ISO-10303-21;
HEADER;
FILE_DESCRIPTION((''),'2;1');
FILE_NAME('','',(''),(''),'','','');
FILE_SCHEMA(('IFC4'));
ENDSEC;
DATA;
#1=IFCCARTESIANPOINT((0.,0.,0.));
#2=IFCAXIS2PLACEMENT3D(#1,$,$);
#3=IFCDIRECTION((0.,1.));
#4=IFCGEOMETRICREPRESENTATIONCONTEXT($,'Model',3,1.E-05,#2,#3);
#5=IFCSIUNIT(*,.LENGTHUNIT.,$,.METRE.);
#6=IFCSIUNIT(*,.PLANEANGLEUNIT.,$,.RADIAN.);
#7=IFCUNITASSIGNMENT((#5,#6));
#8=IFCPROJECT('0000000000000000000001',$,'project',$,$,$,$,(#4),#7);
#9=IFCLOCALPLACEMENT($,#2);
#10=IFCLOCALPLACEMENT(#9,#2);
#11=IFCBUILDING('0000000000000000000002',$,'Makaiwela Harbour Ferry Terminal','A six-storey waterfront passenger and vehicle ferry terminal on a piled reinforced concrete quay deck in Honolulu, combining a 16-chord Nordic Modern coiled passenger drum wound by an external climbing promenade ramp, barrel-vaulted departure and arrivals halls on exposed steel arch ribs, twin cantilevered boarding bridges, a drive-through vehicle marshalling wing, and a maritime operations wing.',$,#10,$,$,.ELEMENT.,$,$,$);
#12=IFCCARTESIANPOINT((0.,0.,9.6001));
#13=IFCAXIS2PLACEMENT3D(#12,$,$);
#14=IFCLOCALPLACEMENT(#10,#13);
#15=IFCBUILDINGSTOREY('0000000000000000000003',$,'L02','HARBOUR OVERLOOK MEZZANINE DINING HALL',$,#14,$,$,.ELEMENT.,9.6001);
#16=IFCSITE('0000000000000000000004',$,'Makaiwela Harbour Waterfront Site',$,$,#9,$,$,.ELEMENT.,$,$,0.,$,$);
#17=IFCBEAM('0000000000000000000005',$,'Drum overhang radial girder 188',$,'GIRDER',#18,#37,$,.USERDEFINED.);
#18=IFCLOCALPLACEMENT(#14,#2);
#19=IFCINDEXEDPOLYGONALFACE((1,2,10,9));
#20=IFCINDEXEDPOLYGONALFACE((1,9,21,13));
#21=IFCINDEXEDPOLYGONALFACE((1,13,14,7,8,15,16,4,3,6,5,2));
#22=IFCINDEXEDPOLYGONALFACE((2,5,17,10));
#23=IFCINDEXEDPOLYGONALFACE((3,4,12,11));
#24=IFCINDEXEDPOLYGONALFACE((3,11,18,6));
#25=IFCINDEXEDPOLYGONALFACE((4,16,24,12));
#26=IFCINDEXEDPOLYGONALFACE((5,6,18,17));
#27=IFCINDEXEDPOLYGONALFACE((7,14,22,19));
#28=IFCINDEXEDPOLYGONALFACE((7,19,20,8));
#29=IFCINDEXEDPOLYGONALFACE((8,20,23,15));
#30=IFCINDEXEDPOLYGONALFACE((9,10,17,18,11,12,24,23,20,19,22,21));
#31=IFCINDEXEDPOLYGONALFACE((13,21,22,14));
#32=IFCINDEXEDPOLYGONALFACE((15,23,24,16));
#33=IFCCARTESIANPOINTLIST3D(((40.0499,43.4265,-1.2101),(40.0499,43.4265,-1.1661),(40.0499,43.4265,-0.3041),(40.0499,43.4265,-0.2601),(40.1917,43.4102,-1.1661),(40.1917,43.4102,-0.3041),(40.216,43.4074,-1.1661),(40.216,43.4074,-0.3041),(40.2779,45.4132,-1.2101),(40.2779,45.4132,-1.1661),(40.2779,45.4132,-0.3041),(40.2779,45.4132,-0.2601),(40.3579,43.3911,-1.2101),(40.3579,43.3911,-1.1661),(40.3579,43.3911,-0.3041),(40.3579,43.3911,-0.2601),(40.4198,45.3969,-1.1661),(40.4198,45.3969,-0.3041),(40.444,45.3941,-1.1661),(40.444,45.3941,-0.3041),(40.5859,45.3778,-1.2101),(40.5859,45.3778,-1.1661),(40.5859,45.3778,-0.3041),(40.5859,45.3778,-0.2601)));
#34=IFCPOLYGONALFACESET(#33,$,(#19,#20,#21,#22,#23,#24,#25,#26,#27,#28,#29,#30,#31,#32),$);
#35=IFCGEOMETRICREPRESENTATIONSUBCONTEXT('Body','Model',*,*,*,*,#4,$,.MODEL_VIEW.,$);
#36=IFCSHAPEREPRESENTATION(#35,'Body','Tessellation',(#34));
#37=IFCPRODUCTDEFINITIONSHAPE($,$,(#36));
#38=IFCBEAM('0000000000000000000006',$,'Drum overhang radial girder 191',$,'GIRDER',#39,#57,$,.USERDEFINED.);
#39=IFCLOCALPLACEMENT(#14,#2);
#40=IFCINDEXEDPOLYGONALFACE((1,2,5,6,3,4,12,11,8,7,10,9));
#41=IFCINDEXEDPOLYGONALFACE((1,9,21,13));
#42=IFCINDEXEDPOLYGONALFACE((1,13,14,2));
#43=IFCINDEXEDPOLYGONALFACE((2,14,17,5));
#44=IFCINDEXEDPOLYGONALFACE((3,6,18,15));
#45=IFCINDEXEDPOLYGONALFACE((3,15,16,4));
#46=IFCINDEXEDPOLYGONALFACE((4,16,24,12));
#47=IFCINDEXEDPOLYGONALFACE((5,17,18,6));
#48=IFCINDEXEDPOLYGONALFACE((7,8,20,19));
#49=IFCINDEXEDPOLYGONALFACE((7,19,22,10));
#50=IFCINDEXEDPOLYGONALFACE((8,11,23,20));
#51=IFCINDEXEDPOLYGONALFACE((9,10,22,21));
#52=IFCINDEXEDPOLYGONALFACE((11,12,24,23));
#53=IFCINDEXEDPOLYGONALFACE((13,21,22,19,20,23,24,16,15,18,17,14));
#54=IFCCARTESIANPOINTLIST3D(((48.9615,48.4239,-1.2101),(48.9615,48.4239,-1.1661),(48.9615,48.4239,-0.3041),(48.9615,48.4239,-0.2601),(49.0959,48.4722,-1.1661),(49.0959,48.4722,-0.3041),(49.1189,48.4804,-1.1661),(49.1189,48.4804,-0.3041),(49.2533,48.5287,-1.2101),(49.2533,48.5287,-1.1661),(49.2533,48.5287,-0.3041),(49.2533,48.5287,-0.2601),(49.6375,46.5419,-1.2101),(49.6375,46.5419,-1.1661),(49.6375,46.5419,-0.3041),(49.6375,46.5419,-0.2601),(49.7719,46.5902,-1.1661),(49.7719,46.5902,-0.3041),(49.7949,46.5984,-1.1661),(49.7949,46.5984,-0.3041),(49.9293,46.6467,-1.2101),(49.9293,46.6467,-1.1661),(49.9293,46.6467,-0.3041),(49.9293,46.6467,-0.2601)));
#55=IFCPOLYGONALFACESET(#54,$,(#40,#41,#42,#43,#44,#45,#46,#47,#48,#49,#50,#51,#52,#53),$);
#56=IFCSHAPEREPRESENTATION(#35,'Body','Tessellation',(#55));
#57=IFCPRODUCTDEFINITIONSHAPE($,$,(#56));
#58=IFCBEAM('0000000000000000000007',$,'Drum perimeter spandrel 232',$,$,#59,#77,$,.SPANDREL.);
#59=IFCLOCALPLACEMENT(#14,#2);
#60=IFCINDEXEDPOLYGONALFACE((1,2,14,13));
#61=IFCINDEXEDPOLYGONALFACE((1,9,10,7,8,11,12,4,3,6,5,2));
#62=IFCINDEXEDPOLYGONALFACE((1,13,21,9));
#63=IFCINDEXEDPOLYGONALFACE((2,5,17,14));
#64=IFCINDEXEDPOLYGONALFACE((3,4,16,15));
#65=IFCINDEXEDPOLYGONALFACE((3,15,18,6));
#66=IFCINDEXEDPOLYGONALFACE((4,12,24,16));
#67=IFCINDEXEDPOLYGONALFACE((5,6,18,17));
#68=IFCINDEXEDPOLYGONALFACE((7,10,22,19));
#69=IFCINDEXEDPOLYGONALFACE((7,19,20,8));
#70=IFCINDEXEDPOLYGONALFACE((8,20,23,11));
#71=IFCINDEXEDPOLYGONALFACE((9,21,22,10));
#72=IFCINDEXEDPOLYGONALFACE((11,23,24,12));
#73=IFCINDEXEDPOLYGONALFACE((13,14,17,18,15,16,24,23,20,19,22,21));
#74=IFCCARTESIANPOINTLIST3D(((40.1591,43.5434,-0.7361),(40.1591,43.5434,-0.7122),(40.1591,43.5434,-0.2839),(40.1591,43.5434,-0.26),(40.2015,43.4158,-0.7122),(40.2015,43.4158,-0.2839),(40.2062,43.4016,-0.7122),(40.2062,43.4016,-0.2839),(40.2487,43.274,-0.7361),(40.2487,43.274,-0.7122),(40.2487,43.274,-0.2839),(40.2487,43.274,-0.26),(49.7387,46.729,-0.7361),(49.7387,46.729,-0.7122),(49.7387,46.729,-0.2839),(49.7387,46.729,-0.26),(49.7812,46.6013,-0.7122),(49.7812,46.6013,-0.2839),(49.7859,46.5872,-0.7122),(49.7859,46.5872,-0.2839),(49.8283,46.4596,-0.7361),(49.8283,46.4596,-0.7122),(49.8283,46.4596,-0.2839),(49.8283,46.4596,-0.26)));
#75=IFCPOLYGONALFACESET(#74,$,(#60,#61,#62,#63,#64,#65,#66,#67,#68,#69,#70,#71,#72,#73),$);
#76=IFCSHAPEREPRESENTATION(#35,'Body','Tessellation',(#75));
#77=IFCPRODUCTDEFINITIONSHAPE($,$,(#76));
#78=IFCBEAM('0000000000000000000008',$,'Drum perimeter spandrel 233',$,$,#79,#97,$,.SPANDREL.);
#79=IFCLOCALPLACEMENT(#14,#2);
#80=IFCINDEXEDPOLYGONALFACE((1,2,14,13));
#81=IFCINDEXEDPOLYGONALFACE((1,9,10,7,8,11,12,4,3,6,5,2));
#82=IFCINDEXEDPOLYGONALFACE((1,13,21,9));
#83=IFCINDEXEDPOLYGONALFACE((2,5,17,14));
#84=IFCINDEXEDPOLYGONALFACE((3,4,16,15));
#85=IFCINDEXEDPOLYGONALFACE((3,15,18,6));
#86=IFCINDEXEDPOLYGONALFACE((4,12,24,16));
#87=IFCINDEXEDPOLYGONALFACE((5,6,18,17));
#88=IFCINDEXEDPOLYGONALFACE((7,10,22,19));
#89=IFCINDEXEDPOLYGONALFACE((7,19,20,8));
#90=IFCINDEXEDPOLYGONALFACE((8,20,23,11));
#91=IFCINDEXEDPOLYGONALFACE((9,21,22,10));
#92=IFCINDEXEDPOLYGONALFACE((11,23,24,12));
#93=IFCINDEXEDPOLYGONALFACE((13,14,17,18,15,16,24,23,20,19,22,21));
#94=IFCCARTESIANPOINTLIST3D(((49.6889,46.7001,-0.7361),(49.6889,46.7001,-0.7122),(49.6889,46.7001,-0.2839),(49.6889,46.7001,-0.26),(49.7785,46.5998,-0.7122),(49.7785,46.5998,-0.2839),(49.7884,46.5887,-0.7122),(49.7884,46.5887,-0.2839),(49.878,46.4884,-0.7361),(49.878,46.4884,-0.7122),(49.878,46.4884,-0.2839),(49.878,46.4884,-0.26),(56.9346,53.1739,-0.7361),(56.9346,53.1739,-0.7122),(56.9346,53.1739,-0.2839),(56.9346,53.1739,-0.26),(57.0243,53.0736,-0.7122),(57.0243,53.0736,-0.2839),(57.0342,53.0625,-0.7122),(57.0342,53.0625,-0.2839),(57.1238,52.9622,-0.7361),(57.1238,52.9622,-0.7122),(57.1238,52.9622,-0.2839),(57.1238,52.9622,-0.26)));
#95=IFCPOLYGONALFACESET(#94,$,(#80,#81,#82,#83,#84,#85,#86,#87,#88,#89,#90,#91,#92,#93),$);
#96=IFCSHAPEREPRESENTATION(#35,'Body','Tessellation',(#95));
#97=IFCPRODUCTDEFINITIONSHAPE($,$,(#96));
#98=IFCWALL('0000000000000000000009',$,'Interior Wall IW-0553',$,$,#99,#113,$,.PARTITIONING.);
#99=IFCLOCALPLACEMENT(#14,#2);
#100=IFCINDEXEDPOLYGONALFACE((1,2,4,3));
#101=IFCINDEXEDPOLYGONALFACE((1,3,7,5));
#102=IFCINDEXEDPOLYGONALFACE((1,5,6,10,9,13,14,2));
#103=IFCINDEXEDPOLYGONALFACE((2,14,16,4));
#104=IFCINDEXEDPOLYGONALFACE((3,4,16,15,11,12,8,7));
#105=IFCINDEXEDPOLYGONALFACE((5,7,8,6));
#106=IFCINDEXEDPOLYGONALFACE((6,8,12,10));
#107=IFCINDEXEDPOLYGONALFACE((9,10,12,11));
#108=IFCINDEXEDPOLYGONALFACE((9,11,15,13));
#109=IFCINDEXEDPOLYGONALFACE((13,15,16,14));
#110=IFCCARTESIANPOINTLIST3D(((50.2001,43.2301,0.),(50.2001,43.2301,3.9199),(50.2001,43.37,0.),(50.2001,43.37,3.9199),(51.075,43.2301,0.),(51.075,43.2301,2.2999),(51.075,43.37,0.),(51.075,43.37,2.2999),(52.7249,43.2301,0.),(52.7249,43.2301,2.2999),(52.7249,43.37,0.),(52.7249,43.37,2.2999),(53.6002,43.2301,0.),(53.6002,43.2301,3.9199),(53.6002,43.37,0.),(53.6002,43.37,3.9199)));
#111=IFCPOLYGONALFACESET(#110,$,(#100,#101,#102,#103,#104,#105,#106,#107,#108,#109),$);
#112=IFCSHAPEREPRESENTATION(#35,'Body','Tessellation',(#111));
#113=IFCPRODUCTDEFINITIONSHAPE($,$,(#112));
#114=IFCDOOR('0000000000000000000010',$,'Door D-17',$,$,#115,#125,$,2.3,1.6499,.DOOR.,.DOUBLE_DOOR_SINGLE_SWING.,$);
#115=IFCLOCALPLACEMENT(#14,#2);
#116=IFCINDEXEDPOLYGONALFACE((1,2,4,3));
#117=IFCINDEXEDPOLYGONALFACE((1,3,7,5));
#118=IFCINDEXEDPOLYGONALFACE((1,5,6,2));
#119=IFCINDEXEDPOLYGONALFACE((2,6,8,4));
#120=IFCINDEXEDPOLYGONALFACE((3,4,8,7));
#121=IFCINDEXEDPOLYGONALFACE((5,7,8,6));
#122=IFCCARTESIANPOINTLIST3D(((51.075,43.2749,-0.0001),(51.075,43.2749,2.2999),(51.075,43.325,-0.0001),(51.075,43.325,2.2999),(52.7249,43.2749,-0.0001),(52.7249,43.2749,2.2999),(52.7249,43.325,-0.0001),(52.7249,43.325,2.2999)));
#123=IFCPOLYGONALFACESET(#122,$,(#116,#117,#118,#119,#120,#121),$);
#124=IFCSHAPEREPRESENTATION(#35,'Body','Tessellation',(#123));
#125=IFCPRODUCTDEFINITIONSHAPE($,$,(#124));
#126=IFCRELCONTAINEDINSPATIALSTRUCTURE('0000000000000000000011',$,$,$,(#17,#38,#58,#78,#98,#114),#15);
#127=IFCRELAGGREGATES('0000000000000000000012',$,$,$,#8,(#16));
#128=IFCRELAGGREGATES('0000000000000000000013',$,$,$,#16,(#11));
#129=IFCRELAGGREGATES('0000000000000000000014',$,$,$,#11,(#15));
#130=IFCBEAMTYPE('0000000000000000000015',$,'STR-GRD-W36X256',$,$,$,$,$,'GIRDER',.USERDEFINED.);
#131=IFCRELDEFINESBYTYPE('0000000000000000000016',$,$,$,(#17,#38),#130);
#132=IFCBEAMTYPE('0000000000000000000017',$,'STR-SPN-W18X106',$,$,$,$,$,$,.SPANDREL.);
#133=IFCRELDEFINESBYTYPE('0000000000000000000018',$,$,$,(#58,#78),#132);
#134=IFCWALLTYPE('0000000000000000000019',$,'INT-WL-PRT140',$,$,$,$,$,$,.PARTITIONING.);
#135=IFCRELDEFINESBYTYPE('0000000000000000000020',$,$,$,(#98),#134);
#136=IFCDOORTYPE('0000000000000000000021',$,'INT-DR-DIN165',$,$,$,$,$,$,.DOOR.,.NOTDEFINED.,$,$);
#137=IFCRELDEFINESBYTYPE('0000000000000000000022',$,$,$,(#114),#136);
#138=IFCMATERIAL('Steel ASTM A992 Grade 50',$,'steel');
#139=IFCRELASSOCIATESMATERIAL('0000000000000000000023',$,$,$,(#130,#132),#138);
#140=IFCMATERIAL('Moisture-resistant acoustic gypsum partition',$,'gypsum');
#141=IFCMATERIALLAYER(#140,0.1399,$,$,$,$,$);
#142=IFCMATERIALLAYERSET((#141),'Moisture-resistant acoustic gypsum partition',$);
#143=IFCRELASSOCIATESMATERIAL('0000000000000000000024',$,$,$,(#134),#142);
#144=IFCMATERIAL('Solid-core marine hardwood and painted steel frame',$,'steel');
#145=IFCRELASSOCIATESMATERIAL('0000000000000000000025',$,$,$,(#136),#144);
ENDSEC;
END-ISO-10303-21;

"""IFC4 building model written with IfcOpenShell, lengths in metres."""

from ifc_helpers import new_model, si_unit, direction, frame, frame_2d, origin, origin_2d, place, context, subcontext, project, spatial, rectangle, i_section, extrude, material, layer, layer_set, material_profile, profile_set, type_object, element, fill, save


model = new_model("IFC4")

# Units and contexts
model_context = context("Model", 3, precision=1e-05, world=origin(), true_north=direction((0.0, 1.0)))
body_context = subcontext(model_context, "Body", "Model", "MODEL_VIEW")
ifc_project = project(units=[si_unit("LENGTHUNIT", "METRE"), si_unit("PLANEANGLEUNIT", "RADIAN")], contexts=[model_context])

# Site, building, storey
site_placement = place(None, origin())
site = spatial("IfcSite", under=ifc_project, at=site_placement, Name="Makaiwela Harbour Waterfront Site", CompositionType="ELEMENT", RefElevation=0.0)
building_placement = place(site_placement, origin())
building = spatial("IfcBuilding", under=site, at=building_placement, Name="Makaiwela Harbour Ferry Terminal", Description="A six-storey waterfront passenger and vehicle ferry terminal on a piled reinforced concrete quay deck in Honolulu, combining a 16-chord Nordic Modern coiled passenger drum wound by an external climbing promenade ramp, barrel-vaulted departure and arrivals halls on exposed steel arch ribs, twin cantilevered boarding bridges, a drive-through vehicle marshalling wing, and a maritime operations wing.", CompositionType="ELEMENT")
storey_placement = place(building_placement, frame((0.0, 0.0, 9.6001)))
storey = spatial("IfcBuildingStorey", under=building, at=storey_placement, Name="L02", Description="HARBOUR OVERLOOK MEZZANINE DINING HALL", CompositionType="ELEMENT", Elevation=9.6001)

# Beams
ifc_material_1 = material(Name="Steel ASTM A992 Grade 50", Category="steel")
ifc_material_profile_1 = material_profile(ifc_material_1, i_section(OverallWidth=0.3101, OverallDepth=0.95, WebThickness=0.0244, FlangeThickness=0.0439, at=origin_2d()), Name="W36X256")
ifc_profile_set_1 = profile_set([ifc_material_profile_1], Name="Steel ASTM A992 Grade 50")
beam_type_1 = type_object("IfcBeamType", Name="STR-GRD-W36X256", ElementType="GIRDER", PredefinedType="USERDEFINED", material=ifc_profile_set_1)
for number, where, z_axis, x_axis, name in (
    (1, (40.4319, 45.3955, -0.7351), (-0.114022, -0.993478, 0.0), (0.993478, -0.114022, 0.0), "Drum overhang radial girder 188"),
    (2, (49.1074, 48.4763, -0.7351), (0.338045, -0.94113, 0.0), (0.94113, 0.338045, 0.0), "Drum overhang radial girder 191"),
):
    element("IfcBeam", number, at=place(storey_placement, frame(where, z_axis=z_axis, x_axis=x_axis)), inside=storey, type_object=beam_type_1, Name=name, ObjectType="GIRDER", PredefinedType="USERDEFINED", context=body_context, shape_type="SweptSolid", body=[
        extrude(i_section(OverallWidth=0.3101, OverallDepth=0.95, WebThickness=0.0244, FlangeThickness=0.0439, at=origin_2d()), origin(), (0.0, 0.0, 1.0), 1.9998),
    ])
ifc_material_profile_2 = material_profile(ifc_material_1, i_section(OverallWidth=0.2839, OverallDepth=0.4761, WebThickness=0.0149, FlangeThickness=0.0239, at=origin_2d()), Name="W18X106")
ifc_profile_set_2 = profile_set([ifc_material_profile_2], Name="Steel ASTM A992 Grade 50")
beam_type_2 = type_object("IfcBeamType", Name="STR-SPN-W18X106", PredefinedType="SPANDREL", material=ifc_profile_set_2)
beam_1_placement = place(storey_placement, frame((40.2039, 43.4087, -0.498), z_axis=(0.94891, 0.315546, 0.0), x_axis=(-0.315546, 0.94891, 0.0)))
element("IfcBeam", 3, at=beam_1_placement, inside=storey, type_object=beam_type_2, Name="Drum perimeter spandrel 232", PredefinedType="SPANDREL", context=body_context, shape_type="SweptSolid", body=[
    extrude(i_section(OverallWidth=0.2839, OverallDepth=0.4761, WebThickness=0.0149, FlangeThickness=0.0239, at=origin_2d()), origin(), (0.0, 0.0, 1.0), 10.0955),
])
beam_2_placement = place(storey_placement, frame((49.7834, 46.5942, -0.498), z_axis=(0.745714, 0.666266, 0.0), x_axis=(-0.666266, 0.745714, 0.0)))
element("IfcBeam", 4, at=beam_2_placement, inside=storey, type_object=beam_type_2, Name="Drum perimeter spandrel 233", PredefinedType="SPANDREL", context=body_context, shape_type="SweptSolid", body=[
    extrude(i_section(OverallWidth=0.2839, OverallDepth=0.4761, WebThickness=0.0149, FlangeThickness=0.0239, at=origin_2d()), origin(), (0.0, 0.0, 1.0), 9.7166),
])

# Wall, opening, door
ifc_material_2 = material(Name="Moisture-resistant acoustic gypsum partition", Category="gypsum")
ifc_layer = layer(ifc_material_2, 0.1399)
ifc_layer_set = layer_set([ifc_layer], Name="Moisture-resistant acoustic gypsum partition")
wall_type = type_object("IfcWallType", Name="INT-WL-PRT140", PredefinedType="PARTITIONING", material=ifc_layer_set)
wall_placement = place(storey_placement, frame((50.2, 43.3, 0.0), z_axis=(0.0, 0.0, 1.0), x_axis=(1.0, 0.0, 0.0)))
wall = element("IfcWall", 5, at=wall_placement, inside=storey, type_object=wall_type, Name="Interior Wall IW-0553", PredefinedType="PARTITIONING", context=body_context, shape_type="SweptSolid", body=[
    extrude(rectangle(XDim=3.4001, YDim=0.1399, at=frame_2d((1.7002, 0.0))), origin(), (0.0, 0.0, 1.0), 3.9199),
])
opening_placement = place(wall_placement, frame((0.875, 0.0, 0.0)))
opening = element("IfcOpeningElement", 6, at=opening_placement, cuts=wall, PredefinedType="OPENING", context=body_context, shape_type="SweptSolid", body=[
    extrude(rectangle(XDim=1.6499, YDim=2.3, at=frame_2d((0.825, 1.1499))), frame((0.0, 0.0798, 0.0), z_axis=(0.0, -1.0, 0.0), x_axis=(1.0, 0.0, 0.0)), (0.0, 0.0, 1.0), 0.1599),
])
ifc_material_3 = material(Name="Solid-core marine hardwood and painted steel frame", Category="steel")
door_type = type_object("IfcDoorType", Name="INT-DR-DIN165", OperationType="NOTDEFINED", PredefinedType="DOOR", material=ifc_material_3)
door_placement = place(opening_placement, origin())
door = element("IfcDoor", 7, at=door_placement, inside=storey, type_object=door_type, Name="Door D-17", OperationType="DOUBLE_DOOR_SINGLE_SWING", OverallHeight=2.3, OverallWidth=1.6499, PredefinedType="DOOR", context=body_context, shape_type="SweptSolid", body=[
    extrude(rectangle(XDim=1.6499, YDim=2.3, at=frame_2d((0.825, 1.1499))), frame((0.0, 0.0249, 0.0), z_axis=(0.0, -1.0, 0.0), x_axis=(1.0, 0.0, 0.0)), (0.0, 0.0, 1.0), 0.05),
])
fill(opening, door)

save(model, "model.ifc")
